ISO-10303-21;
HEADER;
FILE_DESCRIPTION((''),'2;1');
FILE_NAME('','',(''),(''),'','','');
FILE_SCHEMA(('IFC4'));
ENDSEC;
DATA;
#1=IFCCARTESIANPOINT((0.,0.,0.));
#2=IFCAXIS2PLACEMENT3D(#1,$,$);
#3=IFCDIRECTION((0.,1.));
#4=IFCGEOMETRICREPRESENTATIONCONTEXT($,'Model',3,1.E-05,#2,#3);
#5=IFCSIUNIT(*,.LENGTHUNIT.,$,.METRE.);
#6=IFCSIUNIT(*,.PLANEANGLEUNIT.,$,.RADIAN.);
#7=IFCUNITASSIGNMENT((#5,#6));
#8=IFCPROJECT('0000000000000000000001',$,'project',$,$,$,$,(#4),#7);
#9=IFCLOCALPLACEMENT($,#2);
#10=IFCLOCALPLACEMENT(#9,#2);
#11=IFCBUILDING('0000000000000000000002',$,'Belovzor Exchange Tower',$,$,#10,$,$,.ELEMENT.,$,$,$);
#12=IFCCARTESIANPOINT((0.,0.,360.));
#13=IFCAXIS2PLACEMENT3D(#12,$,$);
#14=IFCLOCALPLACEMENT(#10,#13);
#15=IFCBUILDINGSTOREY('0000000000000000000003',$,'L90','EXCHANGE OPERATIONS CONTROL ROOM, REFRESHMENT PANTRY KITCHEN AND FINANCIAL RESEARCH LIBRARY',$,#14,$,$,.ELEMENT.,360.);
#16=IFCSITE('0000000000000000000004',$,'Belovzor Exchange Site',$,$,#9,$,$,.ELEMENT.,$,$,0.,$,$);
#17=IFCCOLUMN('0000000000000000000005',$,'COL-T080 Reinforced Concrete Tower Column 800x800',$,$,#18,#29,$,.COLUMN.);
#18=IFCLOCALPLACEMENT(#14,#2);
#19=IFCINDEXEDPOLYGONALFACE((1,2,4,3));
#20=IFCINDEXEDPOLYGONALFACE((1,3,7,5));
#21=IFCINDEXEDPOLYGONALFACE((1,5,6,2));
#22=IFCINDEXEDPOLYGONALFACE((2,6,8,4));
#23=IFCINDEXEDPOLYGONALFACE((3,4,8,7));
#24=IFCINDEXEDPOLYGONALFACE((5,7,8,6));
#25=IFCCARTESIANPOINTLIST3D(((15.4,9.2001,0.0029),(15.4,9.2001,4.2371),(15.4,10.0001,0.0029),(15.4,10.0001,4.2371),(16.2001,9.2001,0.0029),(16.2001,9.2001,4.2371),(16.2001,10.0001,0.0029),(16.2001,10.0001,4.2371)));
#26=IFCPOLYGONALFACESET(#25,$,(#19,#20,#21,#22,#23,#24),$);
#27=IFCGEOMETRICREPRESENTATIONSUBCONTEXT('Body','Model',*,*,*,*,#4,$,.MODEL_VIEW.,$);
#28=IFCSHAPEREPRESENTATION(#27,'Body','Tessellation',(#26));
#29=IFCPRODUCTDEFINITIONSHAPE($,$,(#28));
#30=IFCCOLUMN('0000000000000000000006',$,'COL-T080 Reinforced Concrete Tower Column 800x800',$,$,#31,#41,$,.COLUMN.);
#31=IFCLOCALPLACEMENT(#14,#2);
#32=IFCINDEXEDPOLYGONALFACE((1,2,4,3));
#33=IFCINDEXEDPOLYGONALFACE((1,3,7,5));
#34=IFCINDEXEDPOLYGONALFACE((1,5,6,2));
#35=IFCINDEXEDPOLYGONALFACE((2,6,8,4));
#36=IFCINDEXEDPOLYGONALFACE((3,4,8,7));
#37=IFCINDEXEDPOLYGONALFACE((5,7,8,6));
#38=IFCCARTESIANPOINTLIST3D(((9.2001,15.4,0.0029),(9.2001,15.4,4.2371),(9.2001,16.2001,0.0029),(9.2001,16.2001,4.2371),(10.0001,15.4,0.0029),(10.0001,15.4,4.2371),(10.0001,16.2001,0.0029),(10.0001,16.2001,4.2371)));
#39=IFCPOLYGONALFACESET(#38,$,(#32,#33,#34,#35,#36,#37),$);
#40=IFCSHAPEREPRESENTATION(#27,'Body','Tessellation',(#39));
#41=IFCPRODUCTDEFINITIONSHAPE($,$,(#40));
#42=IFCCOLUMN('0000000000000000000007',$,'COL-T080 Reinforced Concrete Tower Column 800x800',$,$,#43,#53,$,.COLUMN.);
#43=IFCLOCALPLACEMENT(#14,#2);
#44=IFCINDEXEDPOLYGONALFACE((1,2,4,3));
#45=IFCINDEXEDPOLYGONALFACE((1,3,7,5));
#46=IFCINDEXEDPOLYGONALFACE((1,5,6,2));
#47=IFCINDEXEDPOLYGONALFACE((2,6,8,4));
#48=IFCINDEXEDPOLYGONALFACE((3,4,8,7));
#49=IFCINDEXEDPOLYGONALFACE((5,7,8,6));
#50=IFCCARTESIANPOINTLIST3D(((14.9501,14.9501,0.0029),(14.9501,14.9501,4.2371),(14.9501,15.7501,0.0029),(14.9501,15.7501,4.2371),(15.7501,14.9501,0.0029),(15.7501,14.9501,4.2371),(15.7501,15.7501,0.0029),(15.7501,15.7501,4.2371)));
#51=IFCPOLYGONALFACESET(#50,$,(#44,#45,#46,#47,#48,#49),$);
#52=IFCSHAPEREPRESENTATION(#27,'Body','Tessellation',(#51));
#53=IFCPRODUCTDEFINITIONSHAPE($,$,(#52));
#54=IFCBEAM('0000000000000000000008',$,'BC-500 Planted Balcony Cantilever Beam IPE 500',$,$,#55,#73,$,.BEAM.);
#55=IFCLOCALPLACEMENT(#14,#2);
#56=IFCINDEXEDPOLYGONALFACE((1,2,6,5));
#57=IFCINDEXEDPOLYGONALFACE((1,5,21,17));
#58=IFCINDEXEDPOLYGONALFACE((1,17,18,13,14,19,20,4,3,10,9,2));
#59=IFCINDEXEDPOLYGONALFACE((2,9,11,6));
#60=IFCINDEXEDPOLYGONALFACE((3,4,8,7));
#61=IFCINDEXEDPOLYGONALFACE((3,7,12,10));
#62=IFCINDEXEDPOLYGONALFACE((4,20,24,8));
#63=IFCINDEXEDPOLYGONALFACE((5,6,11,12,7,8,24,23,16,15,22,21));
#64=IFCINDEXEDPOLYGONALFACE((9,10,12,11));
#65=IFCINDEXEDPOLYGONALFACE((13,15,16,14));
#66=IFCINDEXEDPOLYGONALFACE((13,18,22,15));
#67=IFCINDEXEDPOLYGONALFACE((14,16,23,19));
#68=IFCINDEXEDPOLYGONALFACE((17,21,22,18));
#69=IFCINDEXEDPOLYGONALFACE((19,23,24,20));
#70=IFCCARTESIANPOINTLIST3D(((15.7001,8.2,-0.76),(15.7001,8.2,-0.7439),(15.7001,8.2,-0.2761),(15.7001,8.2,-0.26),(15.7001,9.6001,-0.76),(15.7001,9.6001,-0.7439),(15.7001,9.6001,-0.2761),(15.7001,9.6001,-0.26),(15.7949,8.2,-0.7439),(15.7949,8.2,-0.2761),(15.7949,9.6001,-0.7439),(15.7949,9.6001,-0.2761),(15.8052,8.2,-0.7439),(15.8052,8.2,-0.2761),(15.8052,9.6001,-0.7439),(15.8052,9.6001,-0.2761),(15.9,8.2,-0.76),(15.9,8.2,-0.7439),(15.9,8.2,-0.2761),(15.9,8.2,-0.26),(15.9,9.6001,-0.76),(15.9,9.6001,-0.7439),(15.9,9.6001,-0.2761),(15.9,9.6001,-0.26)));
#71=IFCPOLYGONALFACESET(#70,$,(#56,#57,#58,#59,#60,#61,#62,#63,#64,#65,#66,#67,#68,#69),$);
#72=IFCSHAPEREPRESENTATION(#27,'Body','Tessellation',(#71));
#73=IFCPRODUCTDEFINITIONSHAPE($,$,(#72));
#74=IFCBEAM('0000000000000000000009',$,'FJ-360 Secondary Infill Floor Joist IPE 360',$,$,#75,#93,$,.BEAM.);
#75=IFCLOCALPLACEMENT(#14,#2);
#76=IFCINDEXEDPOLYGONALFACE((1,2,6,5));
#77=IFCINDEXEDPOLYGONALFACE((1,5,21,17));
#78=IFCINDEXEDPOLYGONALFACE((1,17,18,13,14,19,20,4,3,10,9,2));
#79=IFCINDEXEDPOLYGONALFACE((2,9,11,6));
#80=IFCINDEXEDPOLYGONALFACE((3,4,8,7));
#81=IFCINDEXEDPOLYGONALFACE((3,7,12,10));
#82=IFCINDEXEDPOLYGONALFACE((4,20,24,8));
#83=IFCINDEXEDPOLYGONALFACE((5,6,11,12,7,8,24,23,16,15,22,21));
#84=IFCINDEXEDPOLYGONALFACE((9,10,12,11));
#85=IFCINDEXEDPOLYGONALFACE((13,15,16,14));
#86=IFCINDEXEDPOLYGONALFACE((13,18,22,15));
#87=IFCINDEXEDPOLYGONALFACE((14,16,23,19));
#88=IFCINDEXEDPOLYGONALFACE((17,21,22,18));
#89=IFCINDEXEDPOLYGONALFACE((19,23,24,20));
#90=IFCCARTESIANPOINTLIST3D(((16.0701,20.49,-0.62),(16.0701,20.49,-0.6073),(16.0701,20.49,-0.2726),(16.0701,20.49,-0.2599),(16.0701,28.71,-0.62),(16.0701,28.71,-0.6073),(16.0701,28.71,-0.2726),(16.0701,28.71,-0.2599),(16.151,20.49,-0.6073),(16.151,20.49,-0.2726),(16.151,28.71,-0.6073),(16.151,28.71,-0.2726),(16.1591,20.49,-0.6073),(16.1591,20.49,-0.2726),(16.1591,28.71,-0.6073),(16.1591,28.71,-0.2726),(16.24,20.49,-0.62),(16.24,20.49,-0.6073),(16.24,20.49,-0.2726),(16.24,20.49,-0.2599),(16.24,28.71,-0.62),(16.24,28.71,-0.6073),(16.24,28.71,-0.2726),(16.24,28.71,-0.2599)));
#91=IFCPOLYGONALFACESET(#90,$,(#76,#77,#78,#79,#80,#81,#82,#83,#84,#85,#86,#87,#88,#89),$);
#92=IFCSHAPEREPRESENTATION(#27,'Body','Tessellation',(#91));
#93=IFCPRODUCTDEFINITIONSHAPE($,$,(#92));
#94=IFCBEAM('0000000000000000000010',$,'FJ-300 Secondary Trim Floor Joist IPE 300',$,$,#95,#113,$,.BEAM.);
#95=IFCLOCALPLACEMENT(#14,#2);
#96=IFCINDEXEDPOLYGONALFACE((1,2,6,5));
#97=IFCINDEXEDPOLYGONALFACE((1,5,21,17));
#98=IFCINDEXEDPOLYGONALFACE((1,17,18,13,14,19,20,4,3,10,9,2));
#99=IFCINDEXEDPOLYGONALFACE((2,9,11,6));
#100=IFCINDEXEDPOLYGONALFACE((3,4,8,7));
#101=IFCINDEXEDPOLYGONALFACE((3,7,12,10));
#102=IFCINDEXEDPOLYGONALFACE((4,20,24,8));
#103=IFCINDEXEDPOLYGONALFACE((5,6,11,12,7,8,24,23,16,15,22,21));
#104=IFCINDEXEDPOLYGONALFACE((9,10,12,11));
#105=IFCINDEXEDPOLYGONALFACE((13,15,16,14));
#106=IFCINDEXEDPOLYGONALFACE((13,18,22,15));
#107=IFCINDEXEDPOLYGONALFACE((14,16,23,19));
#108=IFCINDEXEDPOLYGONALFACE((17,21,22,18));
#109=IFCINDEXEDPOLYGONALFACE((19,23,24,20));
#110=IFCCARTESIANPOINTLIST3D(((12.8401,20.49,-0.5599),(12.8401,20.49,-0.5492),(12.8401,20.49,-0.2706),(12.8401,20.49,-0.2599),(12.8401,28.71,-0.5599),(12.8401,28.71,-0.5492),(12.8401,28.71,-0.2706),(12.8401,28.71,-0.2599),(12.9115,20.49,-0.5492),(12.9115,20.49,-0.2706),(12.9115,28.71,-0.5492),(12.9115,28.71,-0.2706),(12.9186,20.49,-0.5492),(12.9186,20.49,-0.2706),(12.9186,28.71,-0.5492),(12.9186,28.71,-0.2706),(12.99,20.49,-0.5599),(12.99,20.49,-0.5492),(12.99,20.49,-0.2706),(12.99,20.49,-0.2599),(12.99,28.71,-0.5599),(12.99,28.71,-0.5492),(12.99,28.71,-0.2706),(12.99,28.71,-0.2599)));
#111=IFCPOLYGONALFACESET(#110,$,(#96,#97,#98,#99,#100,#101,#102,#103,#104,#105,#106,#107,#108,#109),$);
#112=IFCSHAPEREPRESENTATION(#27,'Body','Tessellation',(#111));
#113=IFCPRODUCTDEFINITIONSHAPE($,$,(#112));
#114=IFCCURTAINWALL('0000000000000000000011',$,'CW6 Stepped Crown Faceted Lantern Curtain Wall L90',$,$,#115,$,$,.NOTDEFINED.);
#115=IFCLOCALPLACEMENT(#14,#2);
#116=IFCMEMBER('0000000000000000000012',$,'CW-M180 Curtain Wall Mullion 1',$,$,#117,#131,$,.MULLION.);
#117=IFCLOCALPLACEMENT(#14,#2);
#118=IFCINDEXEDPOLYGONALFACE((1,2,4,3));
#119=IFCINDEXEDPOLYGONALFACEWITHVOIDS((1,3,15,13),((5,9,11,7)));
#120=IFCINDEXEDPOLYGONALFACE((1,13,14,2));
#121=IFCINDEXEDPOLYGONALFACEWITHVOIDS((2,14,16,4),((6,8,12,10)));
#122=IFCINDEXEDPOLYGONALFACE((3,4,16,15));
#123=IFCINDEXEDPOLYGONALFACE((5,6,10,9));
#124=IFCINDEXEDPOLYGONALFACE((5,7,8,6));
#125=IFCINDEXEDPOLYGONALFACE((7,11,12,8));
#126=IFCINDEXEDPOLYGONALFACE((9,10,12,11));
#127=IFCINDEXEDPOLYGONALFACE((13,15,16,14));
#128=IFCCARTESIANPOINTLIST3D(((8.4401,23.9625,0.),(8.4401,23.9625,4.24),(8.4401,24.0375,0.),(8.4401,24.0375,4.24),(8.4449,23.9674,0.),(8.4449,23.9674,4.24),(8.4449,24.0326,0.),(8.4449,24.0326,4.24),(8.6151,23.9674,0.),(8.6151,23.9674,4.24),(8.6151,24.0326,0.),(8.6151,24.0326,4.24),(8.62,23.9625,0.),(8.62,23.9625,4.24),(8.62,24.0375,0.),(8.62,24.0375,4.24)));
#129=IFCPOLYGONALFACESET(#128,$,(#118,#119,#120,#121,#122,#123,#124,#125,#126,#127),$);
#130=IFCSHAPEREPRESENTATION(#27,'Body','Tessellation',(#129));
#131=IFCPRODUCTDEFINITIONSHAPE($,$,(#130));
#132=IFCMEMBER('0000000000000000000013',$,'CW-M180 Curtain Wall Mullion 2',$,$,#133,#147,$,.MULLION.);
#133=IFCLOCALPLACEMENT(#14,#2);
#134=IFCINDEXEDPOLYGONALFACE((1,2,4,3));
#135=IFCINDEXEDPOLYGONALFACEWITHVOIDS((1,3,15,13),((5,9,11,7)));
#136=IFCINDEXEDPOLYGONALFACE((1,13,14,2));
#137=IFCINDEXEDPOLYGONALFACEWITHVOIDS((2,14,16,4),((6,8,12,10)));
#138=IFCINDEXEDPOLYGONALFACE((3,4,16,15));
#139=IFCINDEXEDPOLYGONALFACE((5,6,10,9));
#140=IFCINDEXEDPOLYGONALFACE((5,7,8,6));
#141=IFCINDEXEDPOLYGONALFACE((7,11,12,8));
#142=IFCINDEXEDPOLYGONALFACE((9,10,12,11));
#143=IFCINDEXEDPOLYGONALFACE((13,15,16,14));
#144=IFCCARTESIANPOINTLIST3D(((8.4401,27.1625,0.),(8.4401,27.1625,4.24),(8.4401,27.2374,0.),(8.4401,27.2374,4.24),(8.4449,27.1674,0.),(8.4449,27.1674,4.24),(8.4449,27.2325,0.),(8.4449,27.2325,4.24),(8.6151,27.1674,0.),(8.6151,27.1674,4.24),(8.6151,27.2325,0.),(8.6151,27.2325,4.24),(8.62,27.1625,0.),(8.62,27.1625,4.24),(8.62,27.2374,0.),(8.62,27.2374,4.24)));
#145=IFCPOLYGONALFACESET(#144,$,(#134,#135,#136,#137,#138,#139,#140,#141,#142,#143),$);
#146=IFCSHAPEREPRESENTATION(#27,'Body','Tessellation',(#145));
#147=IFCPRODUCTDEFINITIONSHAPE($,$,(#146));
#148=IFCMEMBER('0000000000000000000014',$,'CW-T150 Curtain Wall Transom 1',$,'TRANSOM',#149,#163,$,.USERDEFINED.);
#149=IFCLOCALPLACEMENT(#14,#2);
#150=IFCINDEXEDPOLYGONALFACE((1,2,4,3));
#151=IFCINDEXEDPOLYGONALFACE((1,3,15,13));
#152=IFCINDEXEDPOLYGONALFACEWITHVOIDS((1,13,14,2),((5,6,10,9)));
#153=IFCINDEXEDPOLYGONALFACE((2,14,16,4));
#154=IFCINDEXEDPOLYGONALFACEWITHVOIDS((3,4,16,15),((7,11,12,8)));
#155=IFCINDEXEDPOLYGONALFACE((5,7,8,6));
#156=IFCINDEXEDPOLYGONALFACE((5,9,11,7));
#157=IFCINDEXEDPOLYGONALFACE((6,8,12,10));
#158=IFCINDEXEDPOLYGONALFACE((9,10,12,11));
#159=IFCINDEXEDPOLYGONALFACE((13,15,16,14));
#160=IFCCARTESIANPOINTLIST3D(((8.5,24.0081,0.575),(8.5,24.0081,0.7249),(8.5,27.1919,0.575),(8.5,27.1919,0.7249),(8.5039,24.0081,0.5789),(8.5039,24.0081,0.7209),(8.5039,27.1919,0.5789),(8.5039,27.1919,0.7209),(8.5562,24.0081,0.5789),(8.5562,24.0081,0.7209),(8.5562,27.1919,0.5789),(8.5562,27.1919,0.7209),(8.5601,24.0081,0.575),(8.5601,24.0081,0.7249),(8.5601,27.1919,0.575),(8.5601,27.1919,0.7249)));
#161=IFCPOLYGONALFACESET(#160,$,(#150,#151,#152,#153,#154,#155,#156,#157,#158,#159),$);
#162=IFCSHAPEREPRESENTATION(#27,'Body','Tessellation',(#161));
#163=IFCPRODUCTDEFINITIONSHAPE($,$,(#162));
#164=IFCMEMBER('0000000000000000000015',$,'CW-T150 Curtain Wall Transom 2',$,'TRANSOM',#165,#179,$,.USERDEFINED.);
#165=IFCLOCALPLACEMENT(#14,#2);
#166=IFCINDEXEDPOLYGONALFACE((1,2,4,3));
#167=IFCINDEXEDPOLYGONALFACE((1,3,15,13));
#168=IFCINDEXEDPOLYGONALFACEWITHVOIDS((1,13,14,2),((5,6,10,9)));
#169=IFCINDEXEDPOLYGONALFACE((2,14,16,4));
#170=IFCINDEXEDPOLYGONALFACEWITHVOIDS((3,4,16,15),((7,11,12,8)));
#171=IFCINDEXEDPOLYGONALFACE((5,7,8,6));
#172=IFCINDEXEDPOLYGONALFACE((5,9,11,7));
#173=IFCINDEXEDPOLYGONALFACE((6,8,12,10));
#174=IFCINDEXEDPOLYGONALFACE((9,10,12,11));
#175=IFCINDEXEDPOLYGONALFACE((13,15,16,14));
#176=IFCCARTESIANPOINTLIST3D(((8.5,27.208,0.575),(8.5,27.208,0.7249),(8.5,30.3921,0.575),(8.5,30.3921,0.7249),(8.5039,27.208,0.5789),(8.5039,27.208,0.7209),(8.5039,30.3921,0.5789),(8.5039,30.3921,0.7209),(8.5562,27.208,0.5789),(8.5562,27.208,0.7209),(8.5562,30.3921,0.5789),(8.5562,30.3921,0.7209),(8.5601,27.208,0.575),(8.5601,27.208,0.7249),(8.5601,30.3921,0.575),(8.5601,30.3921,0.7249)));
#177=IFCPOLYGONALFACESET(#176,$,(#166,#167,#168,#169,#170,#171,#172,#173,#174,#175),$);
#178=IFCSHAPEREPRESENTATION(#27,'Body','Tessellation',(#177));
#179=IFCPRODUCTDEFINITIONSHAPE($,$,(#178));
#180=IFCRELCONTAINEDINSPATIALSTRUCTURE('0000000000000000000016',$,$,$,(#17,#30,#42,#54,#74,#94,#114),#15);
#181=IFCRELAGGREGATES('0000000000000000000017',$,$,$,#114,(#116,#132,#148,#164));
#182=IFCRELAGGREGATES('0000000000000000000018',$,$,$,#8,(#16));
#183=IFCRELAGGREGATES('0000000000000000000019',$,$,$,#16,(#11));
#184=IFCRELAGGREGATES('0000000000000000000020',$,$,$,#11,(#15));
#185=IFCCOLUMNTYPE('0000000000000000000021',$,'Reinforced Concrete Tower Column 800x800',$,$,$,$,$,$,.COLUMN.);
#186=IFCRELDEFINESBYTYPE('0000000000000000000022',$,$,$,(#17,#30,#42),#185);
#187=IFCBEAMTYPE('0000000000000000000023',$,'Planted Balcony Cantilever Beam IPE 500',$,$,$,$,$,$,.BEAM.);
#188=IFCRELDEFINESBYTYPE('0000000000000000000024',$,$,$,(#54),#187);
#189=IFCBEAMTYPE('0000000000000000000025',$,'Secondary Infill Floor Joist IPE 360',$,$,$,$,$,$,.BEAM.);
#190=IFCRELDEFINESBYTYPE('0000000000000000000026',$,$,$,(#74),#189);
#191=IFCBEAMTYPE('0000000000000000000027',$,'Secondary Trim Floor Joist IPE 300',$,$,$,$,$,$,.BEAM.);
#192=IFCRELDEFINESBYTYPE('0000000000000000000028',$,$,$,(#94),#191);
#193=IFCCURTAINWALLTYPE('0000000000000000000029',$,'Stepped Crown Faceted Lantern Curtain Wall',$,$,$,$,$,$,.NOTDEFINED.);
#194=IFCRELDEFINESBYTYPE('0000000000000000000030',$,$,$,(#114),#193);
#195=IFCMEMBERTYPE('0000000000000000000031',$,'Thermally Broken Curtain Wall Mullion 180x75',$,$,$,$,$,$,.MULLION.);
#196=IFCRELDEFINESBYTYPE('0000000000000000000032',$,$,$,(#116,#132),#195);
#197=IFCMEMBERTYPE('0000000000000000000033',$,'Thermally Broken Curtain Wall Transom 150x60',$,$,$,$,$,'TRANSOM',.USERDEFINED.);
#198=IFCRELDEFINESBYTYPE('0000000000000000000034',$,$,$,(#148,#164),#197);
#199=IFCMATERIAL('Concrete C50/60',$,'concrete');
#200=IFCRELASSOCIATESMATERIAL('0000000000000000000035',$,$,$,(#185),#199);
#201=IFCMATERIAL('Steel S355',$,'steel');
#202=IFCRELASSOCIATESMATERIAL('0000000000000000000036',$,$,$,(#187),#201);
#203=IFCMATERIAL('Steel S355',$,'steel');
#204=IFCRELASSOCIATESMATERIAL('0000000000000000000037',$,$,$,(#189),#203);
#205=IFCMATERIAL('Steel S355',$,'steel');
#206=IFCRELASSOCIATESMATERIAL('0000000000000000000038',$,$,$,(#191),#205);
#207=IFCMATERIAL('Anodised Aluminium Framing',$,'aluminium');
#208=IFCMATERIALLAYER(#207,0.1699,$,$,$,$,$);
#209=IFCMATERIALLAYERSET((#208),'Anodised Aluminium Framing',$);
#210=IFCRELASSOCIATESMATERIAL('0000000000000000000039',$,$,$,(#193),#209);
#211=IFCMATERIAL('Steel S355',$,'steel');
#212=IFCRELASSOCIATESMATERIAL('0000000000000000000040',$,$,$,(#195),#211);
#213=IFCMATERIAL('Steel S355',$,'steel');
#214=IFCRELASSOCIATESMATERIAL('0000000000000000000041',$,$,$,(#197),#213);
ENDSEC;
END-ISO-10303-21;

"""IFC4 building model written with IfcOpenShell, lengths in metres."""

from ifc_helpers import new_model, si_unit, direction, frame, origin, origin_2d, place, context, subcontext, project, spatial, rectangle, hollow_rectangle, i_section, extrude, material, layer, layer_set, material_profile, profile_set, type_object, element, aggregate, save


model = new_model("IFC4")

# Units and contexts
model_context = context("Model", 3, precision=1e-05, world=origin(), true_north=direction((0.0, 1.0)))
body_context = subcontext(model_context, "Body", "Model", "MODEL_VIEW")
ifc_project = project(units=[si_unit("LENGTHUNIT", "METRE"), si_unit("PLANEANGLEUNIT", "RADIAN")], contexts=[model_context])

# Site, building, storey
site_placement = place(None, origin())
site = spatial("IfcSite", under=ifc_project, at=site_placement, Name="Belovzor Exchange Site", CompositionType="ELEMENT", RefElevation=0.0)
building_placement = place(site_placement, origin())
building = spatial("IfcBuilding", under=site, at=building_placement, Name="Belovzor Exchange Tower", CompositionType="ELEMENT")
storey_placement = place(building_placement, frame((0.0, 0.0, 360.0)))
storey = spatial("IfcBuildingStorey", under=building, at=storey_placement, Name="L90", Description="EXCHANGE OPERATIONS CONTROL ROOM, REFRESHMENT PANTRY KITCHEN AND FINANCIAL RESEARCH LIBRARY", CompositionType="ELEMENT", Elevation=360.0)

# Columns
ifc_material_1 = material(Name="Concrete C50/60", Category="concrete")
ifc_material_profile_1 = material_profile(ifc_material_1, rectangle(XDim=0.8, YDim=0.8, at=origin_2d()))
ifc_profile_set_1 = profile_set([ifc_material_profile_1], Name="Concrete C50/60")
column_type = type_object("IfcColumnType", Name="Reinforced Concrete Tower Column 800x800", PredefinedType="COLUMN", material=ifc_profile_set_1)
for number, where, z_axis, x_axis, name in (
    (1, (15.8, 9.6001, 0.0029), (0.0, 0.0, 1.0), (1.0, 0.0, 0.0), "COL-T080 Reinforced Concrete Tower Column 800x800"),
    (2, (9.6001, 15.8, 0.0029), (0.0, 0.0, 1.0), (1.0, 0.0, 0.0), "COL-T080 Reinforced Concrete Tower Column 800x800"),
    (3, (15.3501, 15.3501, 0.0029), (0.0, 0.0, 1.0), (1.0, 0.0, 0.0), "COL-T080 Reinforced Concrete Tower Column 800x800"),
):
    element("IfcColumn", number, at=place(storey_placement, frame(where, z_axis=z_axis, x_axis=x_axis)), inside=storey, type_object=column_type, Name=name, PredefinedType="COLUMN", context=body_context, shape_type="SweptSolid", body=[
        extrude(rectangle(XDim=0.8, YDim=0.8, at=origin_2d()), origin(), (0.0, 0.0, 1.0), 4.2341),
    ])

# Beams
ifc_material_2 = material(Name="Steel S355", Category="steel")
ifc_material_profile_2 = material_profile(ifc_material_2, i_section(OverallWidth=0.2, OverallDepth=0.5, WebThickness=0.0103, FlangeThickness=0.0161, at=origin_2d()))
ifc_profile_set_2 = profile_set([ifc_material_profile_2], Name="Steel S355")
beam_type_1 = type_object("IfcBeamType", Name="Planted Balcony Cantilever Beam IPE 500", PredefinedType="BEAM", material=ifc_profile_set_2)
beam_1_placement = place(storey_placement, frame((15.8, 9.6001, -0.51), z_axis=(0.0, -1.0, 0.0), x_axis=(1.0, 0.0, 0.0)))
element("IfcBeam", 4, at=beam_1_placement, inside=storey, type_object=beam_type_1, Name="BC-500 Planted Balcony Cantilever Beam IPE 500", PredefinedType="BEAM", context=body_context, shape_type="SweptSolid", body=[
    extrude(i_section(OverallWidth=0.2, OverallDepth=0.5, WebThickness=0.0103, FlangeThickness=0.0161, at=origin_2d()), origin(), (0.0, 0.0, 1.0), 1.4001),
])
ifc_material_3 = material(Name="Steel S355", Category="steel")
ifc_material_profile_3 = material_profile(ifc_material_3, i_section(OverallWidth=0.1699, OverallDepth=0.3601, WebThickness=0.0081, FlangeThickness=0.0127, at=origin_2d()))
ifc_profile_set_3 = profile_set([ifc_material_profile_3], Name="Steel S355")
beam_type_2 = type_object("IfcBeamType", Name="Secondary Infill Floor Joist IPE 360", PredefinedType="BEAM", material=ifc_profile_set_3)
beam_2_placement = place(storey_placement, frame((16.155, 20.49, -0.4399), z_axis=(0.0, 1.0, 0.0), x_axis=(-1.0, 0.0, 0.0)))
element("IfcBeam", 5, at=beam_2_placement, inside=storey, type_object=beam_type_2, Name="FJ-360 Secondary Infill Floor Joist IPE 360", PredefinedType="BEAM", context=body_context, shape_type="SweptSolid", body=[
    extrude(i_section(OverallWidth=0.1699, OverallDepth=0.3601, WebThickness=0.0081, FlangeThickness=0.0127, at=origin_2d()), origin(), (0.0, 0.0, 1.0), 8.22),
])
ifc_material_4 = material(Name="Steel S355", Category="steel")
ifc_material_profile_4 = material_profile(ifc_material_4, i_section(OverallWidth=0.1499, OverallDepth=0.3, WebThickness=0.0071, FlangeThickness=0.0107, at=origin_2d()))
ifc_profile_set_4 = profile_set([ifc_material_profile_4], Name="Steel S355")
beam_type_3 = type_object("IfcBeamType", Name="Secondary Trim Floor Joist IPE 300", PredefinedType="BEAM", material=ifc_profile_set_4)
beam_3_placement = place(storey_placement, frame((12.915, 20.49, -0.4099), z_axis=(0.0, 1.0, 0.0), x_axis=(-1.0, 0.0, 0.0)))
element("IfcBeam", 6, at=beam_3_placement, inside=storey, type_object=beam_type_3, Name="FJ-300 Secondary Trim Floor Joist IPE 300", PredefinedType="BEAM", context=body_context, shape_type="SweptSolid", body=[
    extrude(i_section(OverallWidth=0.1499, OverallDepth=0.3, WebThickness=0.0071, FlangeThickness=0.0107, at=origin_2d()), origin(), (0.0, 0.0, 1.0), 8.22),
])

# Curtain wall, members
ifc_material_5 = material(Name="Anodised Aluminium Framing", Category="aluminium")
ifc_layer_1 = layer(ifc_material_5, 0.1699)
ifc_layer_set_1 = layer_set([ifc_layer_1], Name="Anodised Aluminium Framing")
curtain_wall_type = type_object("IfcCurtainWallType", Name="Stepped Crown Faceted Lantern Curtain Wall", PredefinedType="NOTDEFINED", material=ifc_layer_set_1)
curtain_wall_placement = place(storey_placement, origin())
curtain_wall = element("IfcCurtainWall", 7, at=curtain_wall_placement, inside=storey, type_object=curtain_wall_type, Name="CW6 Stepped Crown Faceted Lantern Curtain Wall L90", PredefinedType="NOTDEFINED")
ifc_material_6 = material(Name="Steel S355", Category="steel")
ifc_material_profile_5 = material_profile(ifc_material_6, hollow_rectangle(XDim=0.075, YDim=0.1799, WallThickness=0.0049, at=origin_2d()))
ifc_profile_set_5 = profile_set([ifc_material_profile_5], Name="Steel S355")
member_type_1 = type_object("IfcMemberType", Name="Thermally Broken Curtain Wall Mullion 180x75", PredefinedType="MULLION", material=ifc_profile_set_5)
member_1_placement = place(storey_placement, frame((8.53, 24.0, 0.0), z_axis=(0.0, 0.0, 1.0), x_axis=(0.0, 1.0, 0.0)))
member_1 = element("IfcMember", 8, at=member_1_placement, type_object=member_type_1, Name="CW-M180 Curtain Wall Mullion 1", PredefinedType="MULLION", context=body_context, shape_type="SweptSolid", body=[
    extrude(hollow_rectangle(XDim=0.075, YDim=0.1799, WallThickness=0.0049, at=origin_2d()), origin(), (0.0, 0.0, 1.0), 4.24),
])
member_2_placement = place(storey_placement, frame((8.53, 27.2, 0.0), z_axis=(0.0, 0.0, 1.0), x_axis=(0.0, 1.0, 0.0)))
member_2 = element("IfcMember", 9, at=member_2_placement, type_object=member_type_1, Name="CW-M180 Curtain Wall Mullion 2", PredefinedType="MULLION", context=body_context, shape_type="SweptSolid", body=[
    extrude(hollow_rectangle(XDim=0.075, YDim=0.1799, WallThickness=0.0049, at=origin_2d()), origin(), (0.0, 0.0, 1.0), 4.24),
])
ifc_material_7 = material(Name="Steel S355", Category="steel")
ifc_material_profile_6 = material_profile(ifc_material_7, hollow_rectangle(XDim=0.0601, YDim=0.1499, WallThickness=0.0039, at=origin_2d()))
ifc_profile_set_6 = profile_set([ifc_material_profile_6], Name="Steel S355")
member_type_2 = type_object("IfcMemberType", Name="Thermally Broken Curtain Wall Transom 150x60", ElementType="TRANSOM", PredefinedType="USERDEFINED", material=ifc_profile_set_6)
member_3_placement = place(storey_placement, frame((8.53, 24.0081, 0.6499), z_axis=(0.0, 1.0, 0.0), x_axis=(-1.0, 0.0, 0.0)))
member_3 = element("IfcMember", 10, at=member_3_placement, type_object=member_type_2, Name="CW-T150 Curtain Wall Transom 1", ObjectType="TRANSOM", PredefinedType="USERDEFINED", context=body_context, shape_type="SweptSolid", body=[
    extrude(hollow_rectangle(XDim=0.0601, YDim=0.1499, WallThickness=0.0039, at=origin_2d()), origin(), (0.0, 0.0, 1.0), 3.1838),
])
member_4_placement = place(storey_placement, frame((8.53, 27.208, 0.6499), z_axis=(0.0, 1.0, 0.0), x_axis=(-1.0, 0.0, 0.0)))
member_4 = element("IfcMember", 11, at=member_4_placement, type_object=member_type_2, Name="CW-T150 Curtain Wall Transom 2", ObjectType="TRANSOM", PredefinedType="USERDEFINED", context=body_context, shape_type="SweptSolid", body=[
    extrude(hollow_rectangle(XDim=0.0601, YDim=0.1499, WallThickness=0.0039, at=origin_2d()), origin(), (0.0, 0.0, 1.0), 3.1841),
])

aggregate(curtain_wall, [member_1, member_2, member_3, member_4])

save(model, "model.ifc")
